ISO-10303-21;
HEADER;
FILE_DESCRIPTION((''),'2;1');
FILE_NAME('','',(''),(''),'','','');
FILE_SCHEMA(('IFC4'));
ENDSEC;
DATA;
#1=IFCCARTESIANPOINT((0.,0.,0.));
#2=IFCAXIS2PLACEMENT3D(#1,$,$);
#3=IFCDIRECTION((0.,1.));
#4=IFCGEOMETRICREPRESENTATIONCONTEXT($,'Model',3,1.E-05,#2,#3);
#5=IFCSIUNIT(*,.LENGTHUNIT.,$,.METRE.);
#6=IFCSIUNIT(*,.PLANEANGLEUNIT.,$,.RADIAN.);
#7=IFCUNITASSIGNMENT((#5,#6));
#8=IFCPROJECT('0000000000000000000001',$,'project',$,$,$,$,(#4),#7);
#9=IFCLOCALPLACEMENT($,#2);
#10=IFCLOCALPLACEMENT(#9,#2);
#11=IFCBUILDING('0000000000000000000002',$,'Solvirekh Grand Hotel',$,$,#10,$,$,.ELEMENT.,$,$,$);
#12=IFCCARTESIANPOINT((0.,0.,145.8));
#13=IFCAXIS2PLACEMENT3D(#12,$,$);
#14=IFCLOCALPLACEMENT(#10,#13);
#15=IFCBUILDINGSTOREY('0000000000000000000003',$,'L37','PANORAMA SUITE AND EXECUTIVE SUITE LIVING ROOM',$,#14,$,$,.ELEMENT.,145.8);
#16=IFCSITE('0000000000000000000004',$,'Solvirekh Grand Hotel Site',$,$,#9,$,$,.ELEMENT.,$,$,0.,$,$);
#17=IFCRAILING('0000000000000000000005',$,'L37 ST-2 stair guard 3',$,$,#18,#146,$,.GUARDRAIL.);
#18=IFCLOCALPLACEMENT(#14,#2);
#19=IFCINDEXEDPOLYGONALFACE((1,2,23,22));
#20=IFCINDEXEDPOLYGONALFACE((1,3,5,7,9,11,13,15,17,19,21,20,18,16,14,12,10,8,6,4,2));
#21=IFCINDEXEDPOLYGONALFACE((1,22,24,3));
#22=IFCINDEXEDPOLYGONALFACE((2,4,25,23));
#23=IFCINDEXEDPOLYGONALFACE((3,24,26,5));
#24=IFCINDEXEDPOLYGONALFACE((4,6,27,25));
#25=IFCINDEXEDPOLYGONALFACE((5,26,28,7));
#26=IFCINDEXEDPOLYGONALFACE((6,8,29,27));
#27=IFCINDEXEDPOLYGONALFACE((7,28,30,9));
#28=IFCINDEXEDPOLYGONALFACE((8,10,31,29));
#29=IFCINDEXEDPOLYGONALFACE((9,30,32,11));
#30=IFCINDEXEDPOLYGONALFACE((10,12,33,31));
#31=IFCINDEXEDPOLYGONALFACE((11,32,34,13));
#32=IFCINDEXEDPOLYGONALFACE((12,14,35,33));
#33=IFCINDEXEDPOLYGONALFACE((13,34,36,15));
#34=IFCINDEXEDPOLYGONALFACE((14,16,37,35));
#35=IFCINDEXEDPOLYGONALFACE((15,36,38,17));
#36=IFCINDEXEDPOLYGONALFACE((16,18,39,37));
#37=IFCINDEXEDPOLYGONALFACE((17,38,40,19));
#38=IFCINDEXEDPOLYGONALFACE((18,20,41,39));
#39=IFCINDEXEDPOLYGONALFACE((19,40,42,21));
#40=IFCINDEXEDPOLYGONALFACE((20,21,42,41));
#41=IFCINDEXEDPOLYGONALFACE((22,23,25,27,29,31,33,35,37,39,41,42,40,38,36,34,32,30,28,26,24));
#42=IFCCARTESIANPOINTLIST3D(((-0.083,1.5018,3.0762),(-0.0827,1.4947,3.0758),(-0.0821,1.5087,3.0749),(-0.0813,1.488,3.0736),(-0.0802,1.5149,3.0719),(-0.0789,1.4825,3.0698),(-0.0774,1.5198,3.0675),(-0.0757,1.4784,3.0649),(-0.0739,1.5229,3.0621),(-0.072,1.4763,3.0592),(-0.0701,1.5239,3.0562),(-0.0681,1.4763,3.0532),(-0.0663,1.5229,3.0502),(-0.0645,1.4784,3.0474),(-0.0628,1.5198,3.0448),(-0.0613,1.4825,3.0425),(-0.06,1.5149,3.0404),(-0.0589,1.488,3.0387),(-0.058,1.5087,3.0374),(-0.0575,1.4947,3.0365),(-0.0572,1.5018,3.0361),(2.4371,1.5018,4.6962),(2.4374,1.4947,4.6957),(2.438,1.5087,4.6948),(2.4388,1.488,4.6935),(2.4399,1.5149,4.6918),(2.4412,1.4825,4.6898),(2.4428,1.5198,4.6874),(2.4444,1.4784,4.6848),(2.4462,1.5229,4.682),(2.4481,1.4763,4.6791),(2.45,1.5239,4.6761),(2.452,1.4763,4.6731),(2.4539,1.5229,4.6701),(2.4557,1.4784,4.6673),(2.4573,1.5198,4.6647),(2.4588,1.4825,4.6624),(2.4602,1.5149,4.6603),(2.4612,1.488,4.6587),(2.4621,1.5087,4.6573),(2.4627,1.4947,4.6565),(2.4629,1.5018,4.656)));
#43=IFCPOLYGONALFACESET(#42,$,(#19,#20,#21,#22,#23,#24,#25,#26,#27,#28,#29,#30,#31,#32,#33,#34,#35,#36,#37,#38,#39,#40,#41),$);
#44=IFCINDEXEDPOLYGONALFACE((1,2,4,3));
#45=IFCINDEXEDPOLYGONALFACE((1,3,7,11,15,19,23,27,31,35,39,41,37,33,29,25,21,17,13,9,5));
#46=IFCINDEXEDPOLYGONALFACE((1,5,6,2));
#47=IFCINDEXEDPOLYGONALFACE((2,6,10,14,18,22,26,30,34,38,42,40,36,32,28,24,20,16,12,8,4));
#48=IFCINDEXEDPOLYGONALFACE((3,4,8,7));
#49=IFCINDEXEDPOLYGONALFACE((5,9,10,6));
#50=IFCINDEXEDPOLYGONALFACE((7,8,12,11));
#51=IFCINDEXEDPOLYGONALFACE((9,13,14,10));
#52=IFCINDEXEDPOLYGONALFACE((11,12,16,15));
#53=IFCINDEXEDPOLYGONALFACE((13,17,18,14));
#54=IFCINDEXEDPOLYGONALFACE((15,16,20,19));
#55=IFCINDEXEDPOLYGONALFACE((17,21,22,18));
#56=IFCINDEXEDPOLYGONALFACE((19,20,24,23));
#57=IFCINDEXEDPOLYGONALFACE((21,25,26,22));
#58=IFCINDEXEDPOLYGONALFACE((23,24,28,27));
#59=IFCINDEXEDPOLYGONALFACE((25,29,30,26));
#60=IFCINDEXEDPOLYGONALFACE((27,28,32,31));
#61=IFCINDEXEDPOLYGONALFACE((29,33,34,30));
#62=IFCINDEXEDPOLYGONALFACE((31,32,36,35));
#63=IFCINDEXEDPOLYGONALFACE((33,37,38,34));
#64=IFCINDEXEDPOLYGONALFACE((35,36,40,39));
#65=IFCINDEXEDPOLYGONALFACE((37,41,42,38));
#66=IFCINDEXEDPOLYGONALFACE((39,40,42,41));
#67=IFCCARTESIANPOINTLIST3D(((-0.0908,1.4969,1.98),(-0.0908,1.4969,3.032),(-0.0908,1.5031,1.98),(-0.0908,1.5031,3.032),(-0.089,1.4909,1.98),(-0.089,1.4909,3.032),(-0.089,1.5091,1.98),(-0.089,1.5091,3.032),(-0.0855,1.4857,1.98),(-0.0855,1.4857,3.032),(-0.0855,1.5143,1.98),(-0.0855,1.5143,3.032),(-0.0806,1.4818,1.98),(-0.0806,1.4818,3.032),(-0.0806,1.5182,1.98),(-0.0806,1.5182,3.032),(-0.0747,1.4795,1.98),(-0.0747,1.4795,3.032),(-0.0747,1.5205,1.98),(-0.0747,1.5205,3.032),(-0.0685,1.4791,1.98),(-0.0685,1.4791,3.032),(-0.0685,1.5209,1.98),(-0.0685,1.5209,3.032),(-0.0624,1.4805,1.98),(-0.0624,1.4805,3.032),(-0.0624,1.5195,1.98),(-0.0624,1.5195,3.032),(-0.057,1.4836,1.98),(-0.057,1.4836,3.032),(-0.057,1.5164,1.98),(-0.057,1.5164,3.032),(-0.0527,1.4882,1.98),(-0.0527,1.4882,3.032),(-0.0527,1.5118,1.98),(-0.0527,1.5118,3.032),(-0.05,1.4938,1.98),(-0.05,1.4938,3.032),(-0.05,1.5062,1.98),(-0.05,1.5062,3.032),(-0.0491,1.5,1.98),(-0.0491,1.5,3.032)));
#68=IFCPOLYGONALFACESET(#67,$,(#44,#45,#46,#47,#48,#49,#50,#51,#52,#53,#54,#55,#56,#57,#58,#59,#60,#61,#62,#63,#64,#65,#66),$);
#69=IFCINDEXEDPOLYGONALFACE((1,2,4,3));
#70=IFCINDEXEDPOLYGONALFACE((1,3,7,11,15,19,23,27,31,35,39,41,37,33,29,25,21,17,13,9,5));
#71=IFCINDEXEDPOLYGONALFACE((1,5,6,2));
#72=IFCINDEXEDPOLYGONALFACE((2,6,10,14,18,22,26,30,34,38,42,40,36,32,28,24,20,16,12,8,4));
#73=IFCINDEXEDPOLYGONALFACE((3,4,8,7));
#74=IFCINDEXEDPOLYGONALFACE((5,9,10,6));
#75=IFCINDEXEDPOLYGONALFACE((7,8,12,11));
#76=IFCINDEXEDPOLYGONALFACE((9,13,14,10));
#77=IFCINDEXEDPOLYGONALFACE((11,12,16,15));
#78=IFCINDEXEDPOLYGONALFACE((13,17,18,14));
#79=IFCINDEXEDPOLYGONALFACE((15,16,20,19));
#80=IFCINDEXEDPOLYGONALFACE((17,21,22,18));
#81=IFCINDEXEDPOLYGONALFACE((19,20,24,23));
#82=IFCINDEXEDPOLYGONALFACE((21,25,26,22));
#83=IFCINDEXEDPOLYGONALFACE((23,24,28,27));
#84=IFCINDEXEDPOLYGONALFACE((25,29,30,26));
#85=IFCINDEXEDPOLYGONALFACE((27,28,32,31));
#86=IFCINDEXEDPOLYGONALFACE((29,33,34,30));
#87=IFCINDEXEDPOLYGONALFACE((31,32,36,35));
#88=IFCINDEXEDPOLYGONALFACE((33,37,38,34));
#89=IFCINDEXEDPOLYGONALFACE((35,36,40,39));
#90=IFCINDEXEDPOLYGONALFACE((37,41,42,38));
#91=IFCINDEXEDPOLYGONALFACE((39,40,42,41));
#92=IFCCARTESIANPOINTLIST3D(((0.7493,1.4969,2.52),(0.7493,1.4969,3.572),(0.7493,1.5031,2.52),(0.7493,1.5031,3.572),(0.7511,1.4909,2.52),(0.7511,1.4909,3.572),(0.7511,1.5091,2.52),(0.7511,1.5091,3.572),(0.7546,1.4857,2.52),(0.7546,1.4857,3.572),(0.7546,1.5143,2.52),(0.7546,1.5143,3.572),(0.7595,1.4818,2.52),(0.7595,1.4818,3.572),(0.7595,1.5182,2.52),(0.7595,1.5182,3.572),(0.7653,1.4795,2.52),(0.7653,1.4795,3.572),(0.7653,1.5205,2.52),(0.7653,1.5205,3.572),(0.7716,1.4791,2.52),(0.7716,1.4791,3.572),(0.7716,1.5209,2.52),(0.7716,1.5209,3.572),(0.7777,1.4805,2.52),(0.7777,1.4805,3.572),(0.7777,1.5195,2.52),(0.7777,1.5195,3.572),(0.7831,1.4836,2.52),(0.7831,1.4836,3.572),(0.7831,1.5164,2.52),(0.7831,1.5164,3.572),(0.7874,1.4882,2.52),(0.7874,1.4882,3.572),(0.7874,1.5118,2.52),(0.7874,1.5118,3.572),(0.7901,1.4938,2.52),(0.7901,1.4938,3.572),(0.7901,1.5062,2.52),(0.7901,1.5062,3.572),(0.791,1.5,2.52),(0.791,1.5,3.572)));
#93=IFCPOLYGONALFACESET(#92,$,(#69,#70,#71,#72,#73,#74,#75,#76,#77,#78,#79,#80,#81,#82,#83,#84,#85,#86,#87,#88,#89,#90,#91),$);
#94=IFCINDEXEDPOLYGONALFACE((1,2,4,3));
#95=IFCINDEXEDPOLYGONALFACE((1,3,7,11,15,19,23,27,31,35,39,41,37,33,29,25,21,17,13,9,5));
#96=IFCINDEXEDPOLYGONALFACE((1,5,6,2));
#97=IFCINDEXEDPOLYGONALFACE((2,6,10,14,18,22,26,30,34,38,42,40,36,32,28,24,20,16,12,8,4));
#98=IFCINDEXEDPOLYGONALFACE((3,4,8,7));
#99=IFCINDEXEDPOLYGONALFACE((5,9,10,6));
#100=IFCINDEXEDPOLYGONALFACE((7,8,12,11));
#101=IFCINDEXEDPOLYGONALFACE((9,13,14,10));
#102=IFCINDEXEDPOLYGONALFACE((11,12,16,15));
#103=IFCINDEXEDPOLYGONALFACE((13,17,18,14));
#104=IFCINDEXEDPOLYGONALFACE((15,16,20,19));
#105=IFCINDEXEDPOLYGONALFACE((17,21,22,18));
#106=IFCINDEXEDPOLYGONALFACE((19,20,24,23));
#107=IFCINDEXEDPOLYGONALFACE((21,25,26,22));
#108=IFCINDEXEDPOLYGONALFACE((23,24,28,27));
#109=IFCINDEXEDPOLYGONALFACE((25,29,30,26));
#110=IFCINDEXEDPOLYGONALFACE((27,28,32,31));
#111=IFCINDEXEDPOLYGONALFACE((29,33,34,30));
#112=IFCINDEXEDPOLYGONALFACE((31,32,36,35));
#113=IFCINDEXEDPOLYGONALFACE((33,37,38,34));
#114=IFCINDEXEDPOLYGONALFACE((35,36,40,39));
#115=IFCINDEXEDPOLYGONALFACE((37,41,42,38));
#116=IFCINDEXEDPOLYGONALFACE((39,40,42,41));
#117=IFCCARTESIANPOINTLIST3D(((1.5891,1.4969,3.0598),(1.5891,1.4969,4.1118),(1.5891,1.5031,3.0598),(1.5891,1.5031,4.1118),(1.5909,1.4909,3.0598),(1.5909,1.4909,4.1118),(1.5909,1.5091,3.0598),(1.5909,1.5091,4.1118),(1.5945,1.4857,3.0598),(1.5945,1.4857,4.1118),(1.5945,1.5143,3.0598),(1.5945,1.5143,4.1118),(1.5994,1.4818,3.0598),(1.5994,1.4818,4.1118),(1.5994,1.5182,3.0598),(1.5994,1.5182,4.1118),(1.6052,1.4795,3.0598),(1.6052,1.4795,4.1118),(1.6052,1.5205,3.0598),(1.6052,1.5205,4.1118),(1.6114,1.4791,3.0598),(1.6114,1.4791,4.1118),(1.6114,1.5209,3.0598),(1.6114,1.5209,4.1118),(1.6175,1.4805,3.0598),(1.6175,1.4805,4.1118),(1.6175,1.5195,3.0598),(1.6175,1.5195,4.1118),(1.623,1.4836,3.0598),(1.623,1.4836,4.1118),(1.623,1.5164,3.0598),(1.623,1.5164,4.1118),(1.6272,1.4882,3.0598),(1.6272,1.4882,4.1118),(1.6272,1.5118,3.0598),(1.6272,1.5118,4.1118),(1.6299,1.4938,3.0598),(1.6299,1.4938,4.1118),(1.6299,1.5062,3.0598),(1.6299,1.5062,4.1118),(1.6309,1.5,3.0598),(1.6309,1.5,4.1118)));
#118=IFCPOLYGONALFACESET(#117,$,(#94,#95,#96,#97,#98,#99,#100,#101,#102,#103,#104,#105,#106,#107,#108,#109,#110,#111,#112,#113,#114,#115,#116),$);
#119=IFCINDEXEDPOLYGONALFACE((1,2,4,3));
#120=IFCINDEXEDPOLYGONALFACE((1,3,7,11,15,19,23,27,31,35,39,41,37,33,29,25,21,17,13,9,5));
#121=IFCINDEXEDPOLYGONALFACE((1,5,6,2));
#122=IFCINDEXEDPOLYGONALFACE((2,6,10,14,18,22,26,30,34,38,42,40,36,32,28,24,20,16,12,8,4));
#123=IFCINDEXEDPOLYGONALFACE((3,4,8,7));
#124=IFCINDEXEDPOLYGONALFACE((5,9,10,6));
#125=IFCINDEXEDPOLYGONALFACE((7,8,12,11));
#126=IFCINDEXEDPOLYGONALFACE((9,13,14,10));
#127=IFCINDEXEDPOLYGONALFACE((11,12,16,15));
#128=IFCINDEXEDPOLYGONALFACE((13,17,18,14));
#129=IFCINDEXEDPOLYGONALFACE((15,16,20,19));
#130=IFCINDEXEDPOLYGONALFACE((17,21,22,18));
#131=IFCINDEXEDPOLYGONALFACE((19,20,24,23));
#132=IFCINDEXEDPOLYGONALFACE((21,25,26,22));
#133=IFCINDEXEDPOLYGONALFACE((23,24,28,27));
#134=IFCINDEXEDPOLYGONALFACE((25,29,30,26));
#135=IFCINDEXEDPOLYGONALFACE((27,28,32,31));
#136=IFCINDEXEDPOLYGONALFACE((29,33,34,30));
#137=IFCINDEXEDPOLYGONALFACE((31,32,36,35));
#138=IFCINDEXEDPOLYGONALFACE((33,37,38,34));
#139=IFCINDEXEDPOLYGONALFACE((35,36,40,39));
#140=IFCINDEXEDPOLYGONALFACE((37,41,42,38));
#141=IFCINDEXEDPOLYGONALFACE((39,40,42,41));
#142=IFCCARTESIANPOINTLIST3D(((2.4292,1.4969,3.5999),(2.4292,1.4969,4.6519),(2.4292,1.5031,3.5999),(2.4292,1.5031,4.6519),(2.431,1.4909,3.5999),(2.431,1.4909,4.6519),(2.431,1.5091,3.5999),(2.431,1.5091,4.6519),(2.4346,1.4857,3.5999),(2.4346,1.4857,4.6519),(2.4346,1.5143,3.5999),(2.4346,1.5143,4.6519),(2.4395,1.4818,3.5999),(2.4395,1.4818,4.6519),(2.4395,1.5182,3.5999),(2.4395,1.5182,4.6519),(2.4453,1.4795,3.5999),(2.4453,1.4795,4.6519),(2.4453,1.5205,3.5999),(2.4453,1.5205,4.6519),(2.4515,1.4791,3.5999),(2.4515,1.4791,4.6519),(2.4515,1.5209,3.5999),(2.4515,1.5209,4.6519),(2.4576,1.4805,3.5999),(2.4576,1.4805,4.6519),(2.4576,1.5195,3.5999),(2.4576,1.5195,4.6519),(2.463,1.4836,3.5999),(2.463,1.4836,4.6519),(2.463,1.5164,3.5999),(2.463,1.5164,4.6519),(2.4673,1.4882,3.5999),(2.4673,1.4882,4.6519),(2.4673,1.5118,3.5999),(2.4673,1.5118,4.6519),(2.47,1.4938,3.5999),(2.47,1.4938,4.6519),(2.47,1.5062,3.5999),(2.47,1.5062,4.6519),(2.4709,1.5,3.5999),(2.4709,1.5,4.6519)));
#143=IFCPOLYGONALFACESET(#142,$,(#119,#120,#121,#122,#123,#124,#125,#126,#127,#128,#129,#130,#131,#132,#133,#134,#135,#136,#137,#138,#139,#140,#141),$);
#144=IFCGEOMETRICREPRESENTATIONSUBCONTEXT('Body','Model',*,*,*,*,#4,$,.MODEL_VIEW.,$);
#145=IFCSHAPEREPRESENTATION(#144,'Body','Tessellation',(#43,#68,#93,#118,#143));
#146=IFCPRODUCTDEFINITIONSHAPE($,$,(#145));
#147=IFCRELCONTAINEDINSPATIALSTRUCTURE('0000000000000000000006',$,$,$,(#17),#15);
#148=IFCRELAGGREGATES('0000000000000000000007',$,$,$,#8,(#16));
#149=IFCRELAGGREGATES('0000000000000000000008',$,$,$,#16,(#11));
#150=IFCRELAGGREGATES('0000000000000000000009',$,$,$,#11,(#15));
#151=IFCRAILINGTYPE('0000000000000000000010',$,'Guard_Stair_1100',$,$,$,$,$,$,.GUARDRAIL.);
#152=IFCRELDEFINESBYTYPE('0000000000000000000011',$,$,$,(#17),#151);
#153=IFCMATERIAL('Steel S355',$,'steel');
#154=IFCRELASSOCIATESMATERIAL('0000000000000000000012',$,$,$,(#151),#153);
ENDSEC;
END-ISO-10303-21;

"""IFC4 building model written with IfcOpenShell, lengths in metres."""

from ifc_helpers import new_model, si_unit, direction, frame, origin, origin_2d, place, context, subcontext, project, spatial, circle, extrude, material, type_object, element, save


model = new_model("IFC4")

# Units and contexts
model_context = context("Model", 3, precision=1e-05, world=origin(), true_north=direction((0.0, 1.0)))
body_context = subcontext(model_context, "Body", "Model", "MODEL_VIEW")
ifc_project = project(units=[si_unit("LENGTHUNIT", "METRE"), si_unit("PLANEANGLEUNIT", "RADIAN")], contexts=[model_context])

# Site, building, storey
site_placement = place(None, origin())
site = spatial("IfcSite", under=ifc_project, at=site_placement, Name="Solvirekh Grand Hotel Site", CompositionType="ELEMENT", RefElevation=0.0)
building_placement = place(site_placement, origin())
building = spatial("IfcBuilding", under=site, at=building_placement, Name="Solvirekh Grand Hotel", CompositionType="ELEMENT")
storey_placement = place(building_placement, frame((0.0, 0.0, 145.8)))
storey = spatial("IfcBuildingStorey", under=building, at=storey_placement, Name="L37", Description="PANORAMA SUITE AND EXECUTIVE SUITE LIVING ROOM", CompositionType="ELEMENT", Elevation=145.8)

# Railing
ifc_material_1 = material(Name="Steel S355", Category="steel")
railing_type_1 = type_object("IfcRailingType", Name="Guard_Stair_1100", PredefinedType="GUARDRAIL", material=ifc_material_1)
railing_1_placement = place(storey_placement, frame((-0.0701, 1.5, 1.98)))
element("IfcRailing", 1, at=railing_1_placement, inside=storey, type_object=railing_type_1, Name="L37 ST-2 stair guard 3", PredefinedType="GUARDRAIL", context=body_context, shape_type="SweptSolid", body=[
    extrude(circle(Radius=0.0239, at=origin_2d()), frame((0.0, 0.0, 1.0762), z_axis=(0.8412, 0.0, 0.540725), x_axis=(0.0, 1.0, 0.0)), (0.0, 0.0, 1.0), 2.9958),
    extrude(circle(Radius=0.021, at=origin_2d()), origin(), (0.0, 0.0, 1.0), 1.052),
    extrude(circle(Radius=0.021, at=origin_2d()), frame((0.8401, 0.0, 0.54)), (0.0, 0.0, 1.0), 1.052),
    extrude(circle(Radius=0.021, at=origin_2d()), frame((1.6799, 0.0, 1.0798)), (0.0, 0.0, 1.0), 1.052),
    extrude(circle(Radius=0.021, at=origin_2d()), frame((2.52, 0.0, 1.6199)), (0.0, 0.0, 1.0), 1.052),
])

save(model, "model.ifc")
